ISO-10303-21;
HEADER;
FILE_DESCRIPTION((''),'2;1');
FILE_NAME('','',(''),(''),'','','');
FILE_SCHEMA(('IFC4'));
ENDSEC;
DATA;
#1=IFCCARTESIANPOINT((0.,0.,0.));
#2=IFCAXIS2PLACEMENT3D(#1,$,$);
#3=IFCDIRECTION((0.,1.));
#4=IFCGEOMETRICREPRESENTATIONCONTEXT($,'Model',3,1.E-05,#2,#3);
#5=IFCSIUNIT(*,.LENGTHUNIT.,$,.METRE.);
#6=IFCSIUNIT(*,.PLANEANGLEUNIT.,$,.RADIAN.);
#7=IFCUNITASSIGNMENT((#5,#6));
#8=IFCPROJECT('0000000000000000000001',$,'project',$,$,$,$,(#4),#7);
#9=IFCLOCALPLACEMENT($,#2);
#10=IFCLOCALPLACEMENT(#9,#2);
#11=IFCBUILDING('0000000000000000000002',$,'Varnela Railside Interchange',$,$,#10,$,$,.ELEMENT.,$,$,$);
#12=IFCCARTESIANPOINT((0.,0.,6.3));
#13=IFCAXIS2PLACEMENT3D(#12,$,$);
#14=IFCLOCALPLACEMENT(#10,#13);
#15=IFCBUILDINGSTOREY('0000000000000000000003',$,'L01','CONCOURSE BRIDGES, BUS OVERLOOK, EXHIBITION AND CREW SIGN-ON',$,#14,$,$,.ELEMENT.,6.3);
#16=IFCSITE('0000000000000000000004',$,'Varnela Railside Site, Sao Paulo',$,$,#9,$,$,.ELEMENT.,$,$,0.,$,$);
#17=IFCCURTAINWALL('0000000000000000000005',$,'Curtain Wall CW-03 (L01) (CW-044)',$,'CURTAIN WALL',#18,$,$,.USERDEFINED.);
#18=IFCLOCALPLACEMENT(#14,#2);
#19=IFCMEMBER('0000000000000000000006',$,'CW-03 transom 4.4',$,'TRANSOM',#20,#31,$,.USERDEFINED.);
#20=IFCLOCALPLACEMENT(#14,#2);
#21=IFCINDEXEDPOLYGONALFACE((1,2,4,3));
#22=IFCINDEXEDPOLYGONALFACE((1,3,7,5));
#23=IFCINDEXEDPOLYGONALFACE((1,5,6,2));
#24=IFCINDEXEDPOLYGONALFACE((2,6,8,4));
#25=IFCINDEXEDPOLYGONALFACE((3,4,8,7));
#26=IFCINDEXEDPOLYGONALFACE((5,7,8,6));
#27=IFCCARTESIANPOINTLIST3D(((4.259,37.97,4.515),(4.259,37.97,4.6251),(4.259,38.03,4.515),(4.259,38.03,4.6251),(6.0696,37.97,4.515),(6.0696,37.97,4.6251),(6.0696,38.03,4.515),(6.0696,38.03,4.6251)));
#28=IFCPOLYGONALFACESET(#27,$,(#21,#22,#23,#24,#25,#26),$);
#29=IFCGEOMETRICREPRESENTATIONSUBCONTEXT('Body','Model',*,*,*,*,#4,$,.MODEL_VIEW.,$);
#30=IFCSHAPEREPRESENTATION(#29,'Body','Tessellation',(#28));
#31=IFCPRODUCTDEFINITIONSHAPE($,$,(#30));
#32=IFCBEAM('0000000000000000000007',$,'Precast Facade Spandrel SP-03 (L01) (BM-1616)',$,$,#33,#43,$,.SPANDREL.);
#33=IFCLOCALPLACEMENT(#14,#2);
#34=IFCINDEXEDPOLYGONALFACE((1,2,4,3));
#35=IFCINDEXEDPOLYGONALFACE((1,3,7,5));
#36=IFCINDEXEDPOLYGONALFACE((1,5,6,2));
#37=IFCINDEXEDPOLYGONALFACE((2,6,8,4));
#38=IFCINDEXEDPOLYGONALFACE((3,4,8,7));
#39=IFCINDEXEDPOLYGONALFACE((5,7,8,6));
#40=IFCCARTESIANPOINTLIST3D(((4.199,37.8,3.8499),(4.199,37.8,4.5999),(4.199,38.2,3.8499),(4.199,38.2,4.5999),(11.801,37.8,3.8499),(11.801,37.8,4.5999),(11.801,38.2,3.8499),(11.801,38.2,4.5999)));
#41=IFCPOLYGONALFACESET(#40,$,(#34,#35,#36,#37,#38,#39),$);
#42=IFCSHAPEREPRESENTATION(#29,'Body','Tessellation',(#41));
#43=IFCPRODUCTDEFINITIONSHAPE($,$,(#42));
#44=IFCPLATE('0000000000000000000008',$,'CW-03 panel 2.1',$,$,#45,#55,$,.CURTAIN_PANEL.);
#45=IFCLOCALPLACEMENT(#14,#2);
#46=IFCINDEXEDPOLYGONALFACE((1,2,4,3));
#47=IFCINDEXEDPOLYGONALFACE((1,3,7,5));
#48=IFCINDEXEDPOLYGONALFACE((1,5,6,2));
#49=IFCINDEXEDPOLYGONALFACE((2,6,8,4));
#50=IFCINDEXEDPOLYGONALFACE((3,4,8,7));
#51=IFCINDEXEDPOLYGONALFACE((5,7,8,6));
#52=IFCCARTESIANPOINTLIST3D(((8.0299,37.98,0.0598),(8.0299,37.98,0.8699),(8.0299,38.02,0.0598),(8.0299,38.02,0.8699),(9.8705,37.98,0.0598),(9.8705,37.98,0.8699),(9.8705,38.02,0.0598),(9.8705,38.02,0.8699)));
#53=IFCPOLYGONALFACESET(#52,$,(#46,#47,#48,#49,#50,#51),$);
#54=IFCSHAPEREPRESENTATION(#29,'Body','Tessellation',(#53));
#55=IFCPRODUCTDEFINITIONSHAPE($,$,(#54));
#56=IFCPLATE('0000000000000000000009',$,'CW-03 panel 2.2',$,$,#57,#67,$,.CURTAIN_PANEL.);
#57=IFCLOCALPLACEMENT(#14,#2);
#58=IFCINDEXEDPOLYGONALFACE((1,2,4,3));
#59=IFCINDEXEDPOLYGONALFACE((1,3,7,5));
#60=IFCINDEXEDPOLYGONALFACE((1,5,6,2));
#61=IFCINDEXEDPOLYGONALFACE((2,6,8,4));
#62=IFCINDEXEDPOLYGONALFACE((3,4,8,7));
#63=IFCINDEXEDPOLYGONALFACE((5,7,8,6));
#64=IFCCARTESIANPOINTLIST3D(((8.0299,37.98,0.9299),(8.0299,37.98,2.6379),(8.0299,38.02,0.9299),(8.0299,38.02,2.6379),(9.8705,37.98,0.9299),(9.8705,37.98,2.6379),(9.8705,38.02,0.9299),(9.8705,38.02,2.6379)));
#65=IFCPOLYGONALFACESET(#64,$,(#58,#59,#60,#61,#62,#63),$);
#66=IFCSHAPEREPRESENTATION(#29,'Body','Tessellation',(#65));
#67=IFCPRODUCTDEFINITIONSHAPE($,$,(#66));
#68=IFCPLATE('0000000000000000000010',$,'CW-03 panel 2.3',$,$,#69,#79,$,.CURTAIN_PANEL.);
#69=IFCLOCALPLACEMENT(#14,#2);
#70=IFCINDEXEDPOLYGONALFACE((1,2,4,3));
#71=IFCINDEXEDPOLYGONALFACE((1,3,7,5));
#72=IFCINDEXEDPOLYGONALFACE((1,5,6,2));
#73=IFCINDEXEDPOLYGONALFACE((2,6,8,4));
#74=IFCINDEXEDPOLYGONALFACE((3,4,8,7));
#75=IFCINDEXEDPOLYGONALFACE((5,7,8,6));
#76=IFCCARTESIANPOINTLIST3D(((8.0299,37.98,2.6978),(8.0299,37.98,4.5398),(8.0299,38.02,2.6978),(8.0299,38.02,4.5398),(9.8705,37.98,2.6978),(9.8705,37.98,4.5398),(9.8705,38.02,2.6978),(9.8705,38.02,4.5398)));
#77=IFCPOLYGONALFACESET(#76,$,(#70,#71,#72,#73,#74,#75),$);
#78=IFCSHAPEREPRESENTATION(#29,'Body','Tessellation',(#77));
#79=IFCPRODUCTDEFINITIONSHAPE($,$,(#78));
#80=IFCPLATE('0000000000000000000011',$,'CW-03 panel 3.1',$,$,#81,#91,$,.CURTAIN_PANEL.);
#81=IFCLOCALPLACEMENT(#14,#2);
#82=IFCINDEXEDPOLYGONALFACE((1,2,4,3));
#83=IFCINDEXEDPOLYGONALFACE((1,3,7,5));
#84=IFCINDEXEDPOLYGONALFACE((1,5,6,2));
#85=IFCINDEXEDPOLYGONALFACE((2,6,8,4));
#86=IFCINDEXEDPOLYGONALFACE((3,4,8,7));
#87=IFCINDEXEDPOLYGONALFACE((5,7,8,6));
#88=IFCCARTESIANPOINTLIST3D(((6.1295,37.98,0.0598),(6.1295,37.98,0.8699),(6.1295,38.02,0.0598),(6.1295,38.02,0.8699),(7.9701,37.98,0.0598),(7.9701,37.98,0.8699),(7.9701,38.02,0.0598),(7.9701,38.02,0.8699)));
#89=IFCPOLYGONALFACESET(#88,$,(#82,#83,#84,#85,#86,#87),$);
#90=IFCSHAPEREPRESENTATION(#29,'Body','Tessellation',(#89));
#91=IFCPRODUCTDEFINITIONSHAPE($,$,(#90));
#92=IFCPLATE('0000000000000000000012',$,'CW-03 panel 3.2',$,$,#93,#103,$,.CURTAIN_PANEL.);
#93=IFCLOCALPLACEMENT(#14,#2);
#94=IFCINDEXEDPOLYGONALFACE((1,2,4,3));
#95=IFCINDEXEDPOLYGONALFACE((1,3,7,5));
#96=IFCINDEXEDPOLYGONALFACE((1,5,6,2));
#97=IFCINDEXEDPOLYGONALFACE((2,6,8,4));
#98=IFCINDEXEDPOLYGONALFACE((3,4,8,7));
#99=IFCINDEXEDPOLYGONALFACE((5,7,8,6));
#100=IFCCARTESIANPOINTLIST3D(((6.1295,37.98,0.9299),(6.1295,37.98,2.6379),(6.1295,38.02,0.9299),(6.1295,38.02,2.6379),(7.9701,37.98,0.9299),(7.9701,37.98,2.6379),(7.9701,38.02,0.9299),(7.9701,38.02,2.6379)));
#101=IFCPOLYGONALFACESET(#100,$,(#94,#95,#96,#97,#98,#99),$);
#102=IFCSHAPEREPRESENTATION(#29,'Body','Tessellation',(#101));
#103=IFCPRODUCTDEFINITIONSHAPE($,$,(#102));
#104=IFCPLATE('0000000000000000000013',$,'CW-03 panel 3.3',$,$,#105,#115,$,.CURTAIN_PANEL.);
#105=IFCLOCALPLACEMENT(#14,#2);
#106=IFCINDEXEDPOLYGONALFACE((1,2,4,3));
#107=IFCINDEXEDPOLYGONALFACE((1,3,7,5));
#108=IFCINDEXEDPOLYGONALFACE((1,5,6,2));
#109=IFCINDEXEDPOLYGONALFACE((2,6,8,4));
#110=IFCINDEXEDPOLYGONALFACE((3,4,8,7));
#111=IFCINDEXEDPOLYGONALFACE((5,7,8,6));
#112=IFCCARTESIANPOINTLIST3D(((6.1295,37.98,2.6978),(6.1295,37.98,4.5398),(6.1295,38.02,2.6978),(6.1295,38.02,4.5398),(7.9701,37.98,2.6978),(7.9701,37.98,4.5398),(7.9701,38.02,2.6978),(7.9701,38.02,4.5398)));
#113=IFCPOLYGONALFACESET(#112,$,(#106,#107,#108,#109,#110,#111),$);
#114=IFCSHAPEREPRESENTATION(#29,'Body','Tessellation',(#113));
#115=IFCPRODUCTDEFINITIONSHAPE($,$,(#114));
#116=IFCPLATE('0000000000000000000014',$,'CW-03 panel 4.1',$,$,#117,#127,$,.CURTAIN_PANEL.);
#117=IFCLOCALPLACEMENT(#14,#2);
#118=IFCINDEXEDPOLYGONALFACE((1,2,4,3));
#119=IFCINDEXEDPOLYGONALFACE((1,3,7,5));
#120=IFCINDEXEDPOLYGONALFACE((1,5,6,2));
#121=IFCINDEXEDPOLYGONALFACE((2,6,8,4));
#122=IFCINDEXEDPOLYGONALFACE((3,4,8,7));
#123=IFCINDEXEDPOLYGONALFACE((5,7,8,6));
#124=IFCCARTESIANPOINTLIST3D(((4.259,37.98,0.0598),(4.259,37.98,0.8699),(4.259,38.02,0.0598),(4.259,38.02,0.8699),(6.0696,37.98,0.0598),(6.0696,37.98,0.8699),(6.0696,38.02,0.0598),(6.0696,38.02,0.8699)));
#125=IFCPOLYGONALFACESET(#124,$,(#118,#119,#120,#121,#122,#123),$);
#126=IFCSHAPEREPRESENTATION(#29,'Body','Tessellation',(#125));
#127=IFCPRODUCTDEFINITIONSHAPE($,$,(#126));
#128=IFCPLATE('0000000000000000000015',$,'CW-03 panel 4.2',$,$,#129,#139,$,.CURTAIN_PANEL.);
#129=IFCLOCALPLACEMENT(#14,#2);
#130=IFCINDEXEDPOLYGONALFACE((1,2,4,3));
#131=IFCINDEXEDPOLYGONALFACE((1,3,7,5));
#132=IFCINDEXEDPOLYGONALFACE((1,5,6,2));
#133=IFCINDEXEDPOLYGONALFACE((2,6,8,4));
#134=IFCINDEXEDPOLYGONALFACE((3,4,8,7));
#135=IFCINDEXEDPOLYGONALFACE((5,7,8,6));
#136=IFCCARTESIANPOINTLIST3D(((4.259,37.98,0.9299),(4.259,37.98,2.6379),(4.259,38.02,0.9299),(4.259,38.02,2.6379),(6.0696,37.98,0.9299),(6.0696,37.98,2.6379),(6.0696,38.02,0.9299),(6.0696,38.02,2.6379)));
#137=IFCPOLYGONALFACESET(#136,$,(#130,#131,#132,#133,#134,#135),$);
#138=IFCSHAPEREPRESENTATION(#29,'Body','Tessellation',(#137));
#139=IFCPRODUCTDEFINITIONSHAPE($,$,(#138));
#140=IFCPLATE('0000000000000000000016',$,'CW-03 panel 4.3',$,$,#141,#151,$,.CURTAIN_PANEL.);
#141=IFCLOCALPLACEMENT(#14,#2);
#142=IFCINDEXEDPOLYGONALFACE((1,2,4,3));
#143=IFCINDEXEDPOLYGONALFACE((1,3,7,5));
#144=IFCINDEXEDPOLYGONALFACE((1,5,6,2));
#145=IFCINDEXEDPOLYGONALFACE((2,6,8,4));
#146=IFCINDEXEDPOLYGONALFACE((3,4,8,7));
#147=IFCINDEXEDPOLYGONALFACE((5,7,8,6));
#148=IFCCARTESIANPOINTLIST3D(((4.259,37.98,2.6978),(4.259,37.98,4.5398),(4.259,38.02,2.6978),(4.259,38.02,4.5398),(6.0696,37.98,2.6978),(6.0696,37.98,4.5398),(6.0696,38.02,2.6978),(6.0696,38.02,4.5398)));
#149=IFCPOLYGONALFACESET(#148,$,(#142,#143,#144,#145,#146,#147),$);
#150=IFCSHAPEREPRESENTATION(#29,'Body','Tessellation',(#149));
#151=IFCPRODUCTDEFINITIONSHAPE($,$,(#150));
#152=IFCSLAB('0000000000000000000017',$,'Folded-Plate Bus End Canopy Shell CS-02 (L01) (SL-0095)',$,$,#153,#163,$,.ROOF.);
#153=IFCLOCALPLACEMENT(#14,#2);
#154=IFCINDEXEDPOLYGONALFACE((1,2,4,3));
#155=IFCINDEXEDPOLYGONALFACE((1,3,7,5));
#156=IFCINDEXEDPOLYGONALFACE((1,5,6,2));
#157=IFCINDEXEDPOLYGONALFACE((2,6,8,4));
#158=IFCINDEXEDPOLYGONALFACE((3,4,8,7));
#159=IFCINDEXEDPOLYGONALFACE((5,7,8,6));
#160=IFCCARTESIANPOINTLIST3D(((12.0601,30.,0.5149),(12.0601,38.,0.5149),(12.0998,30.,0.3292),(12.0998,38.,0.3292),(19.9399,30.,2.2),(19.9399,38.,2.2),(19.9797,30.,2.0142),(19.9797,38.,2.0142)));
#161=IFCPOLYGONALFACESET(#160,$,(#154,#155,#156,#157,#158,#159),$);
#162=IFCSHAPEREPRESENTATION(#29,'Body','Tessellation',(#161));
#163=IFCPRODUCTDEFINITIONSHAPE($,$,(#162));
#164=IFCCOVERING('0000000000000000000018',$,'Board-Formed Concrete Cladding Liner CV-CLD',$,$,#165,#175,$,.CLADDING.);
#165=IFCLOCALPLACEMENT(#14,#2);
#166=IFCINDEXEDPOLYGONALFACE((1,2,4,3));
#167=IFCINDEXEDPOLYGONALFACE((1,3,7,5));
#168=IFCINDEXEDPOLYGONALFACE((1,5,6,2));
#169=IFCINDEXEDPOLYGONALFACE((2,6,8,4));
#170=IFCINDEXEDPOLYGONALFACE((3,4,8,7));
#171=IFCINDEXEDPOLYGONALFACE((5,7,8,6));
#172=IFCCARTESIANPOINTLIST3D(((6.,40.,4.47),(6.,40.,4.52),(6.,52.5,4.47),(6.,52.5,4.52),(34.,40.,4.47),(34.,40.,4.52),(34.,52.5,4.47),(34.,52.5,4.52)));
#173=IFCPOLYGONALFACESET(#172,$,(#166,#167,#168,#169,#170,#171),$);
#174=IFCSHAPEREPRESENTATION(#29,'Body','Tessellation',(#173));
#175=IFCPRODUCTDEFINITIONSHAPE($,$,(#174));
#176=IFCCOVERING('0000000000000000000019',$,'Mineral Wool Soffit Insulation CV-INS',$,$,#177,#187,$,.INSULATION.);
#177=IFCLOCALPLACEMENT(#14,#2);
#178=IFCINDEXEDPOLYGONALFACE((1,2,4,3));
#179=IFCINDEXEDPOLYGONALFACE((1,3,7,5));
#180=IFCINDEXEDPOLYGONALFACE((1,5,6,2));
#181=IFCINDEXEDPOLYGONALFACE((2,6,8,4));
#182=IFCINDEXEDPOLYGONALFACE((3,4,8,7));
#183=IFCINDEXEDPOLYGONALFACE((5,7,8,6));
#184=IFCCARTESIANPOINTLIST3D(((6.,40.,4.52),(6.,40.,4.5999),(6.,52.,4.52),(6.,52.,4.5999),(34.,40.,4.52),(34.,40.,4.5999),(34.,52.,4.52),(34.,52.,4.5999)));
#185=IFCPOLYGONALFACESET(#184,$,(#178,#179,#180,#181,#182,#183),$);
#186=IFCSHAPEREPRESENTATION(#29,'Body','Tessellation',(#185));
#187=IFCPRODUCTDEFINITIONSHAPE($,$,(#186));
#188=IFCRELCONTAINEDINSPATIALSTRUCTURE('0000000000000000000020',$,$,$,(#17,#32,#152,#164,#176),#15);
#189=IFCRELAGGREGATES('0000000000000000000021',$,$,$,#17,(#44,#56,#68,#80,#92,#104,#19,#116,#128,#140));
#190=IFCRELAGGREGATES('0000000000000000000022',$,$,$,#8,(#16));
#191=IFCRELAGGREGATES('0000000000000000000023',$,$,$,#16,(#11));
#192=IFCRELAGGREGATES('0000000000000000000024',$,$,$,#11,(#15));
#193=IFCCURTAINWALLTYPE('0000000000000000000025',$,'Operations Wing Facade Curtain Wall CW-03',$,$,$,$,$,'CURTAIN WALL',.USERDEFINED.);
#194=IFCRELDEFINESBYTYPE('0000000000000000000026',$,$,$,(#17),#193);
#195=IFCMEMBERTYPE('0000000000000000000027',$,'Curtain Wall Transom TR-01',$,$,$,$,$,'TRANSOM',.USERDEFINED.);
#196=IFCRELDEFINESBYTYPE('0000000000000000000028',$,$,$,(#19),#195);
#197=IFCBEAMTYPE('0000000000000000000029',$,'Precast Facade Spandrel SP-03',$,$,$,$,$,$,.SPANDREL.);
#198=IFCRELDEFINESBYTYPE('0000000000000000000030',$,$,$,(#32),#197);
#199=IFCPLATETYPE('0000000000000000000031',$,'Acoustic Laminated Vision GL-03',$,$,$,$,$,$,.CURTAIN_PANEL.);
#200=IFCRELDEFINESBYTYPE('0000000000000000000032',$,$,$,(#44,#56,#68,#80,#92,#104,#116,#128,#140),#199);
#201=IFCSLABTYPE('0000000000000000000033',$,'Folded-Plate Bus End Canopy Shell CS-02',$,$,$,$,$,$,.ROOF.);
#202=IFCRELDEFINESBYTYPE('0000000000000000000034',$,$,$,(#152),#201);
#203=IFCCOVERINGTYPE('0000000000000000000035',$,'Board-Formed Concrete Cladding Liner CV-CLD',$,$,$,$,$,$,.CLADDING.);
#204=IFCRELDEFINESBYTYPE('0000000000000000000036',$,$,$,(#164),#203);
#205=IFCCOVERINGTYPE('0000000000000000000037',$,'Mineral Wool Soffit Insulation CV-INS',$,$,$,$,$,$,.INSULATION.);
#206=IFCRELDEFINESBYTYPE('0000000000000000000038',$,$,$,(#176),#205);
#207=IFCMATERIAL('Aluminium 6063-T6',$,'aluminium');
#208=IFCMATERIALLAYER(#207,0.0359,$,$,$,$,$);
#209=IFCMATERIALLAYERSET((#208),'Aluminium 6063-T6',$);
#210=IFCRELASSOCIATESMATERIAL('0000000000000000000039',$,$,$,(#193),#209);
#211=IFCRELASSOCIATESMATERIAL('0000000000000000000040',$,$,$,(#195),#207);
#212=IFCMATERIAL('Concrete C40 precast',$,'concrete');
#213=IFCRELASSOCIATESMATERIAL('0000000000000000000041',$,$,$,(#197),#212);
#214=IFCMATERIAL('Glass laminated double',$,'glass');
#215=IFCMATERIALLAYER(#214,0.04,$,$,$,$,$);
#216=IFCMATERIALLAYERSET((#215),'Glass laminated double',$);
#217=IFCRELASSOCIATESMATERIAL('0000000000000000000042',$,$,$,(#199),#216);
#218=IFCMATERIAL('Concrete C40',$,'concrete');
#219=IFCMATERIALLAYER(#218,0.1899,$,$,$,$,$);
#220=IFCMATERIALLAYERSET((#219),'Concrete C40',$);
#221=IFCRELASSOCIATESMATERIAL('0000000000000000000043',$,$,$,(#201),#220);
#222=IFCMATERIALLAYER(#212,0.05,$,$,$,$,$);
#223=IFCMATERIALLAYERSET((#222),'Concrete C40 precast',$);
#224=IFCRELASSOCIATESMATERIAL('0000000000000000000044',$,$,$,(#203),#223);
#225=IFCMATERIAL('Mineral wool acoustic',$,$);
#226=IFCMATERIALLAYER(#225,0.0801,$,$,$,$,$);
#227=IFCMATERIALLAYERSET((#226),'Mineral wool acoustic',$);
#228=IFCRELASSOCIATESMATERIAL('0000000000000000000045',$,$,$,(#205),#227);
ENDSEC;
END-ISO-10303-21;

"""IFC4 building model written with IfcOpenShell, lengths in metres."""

from ifc_helpers import new_model, si_unit, direction, frame, origin, origin_2d, place, context, subcontext, project, spatial, polyline, rectangle, outline, extrude, material, layer, layer_set, material_profile, profile_set, type_object, element, aggregate, save


model = new_model("IFC4")

# Units and contexts
model_context = context("Model", 3, precision=1e-05, world=origin(), true_north=direction((0.0, 1.0)))
body_context = subcontext(model_context, "Body", "Model", "MODEL_VIEW")
ifc_project = project(units=[si_unit("LENGTHUNIT", "METRE"), si_unit("PLANEANGLEUNIT", "RADIAN")], contexts=[model_context])

# Site, building, storey
site_placement = place(None, origin())
site = spatial("IfcSite", under=ifc_project, at=site_placement, Name="Varnela Railside Site, Sao Paulo", CompositionType="ELEMENT", RefElevation=0.0)
building_placement = place(site_placement, origin())
building = spatial("IfcBuilding", under=site, at=building_placement, Name="Varnela Railside Interchange", CompositionType="ELEMENT")
storey_placement = place(building_placement, frame((0.0, 0.0, 6.3)))
storey = spatial("IfcBuildingStorey", under=building, at=storey_placement, Name="L01", Description="CONCOURSE BRIDGES, BUS OVERLOOK, EXHIBITION AND CREW SIGN-ON", CompositionType="ELEMENT", Elevation=6.3)

# Curtain wall, member
ifc_material_1 = material(Name="Aluminium 6063-T6", Category="aluminium")
ifc_layer_1 = layer(ifc_material_1, 0.0359)
ifc_layer_set_1 = layer_set([ifc_layer_1], Name="Aluminium 6063-T6")
curtain_wall_type = type_object("IfcCurtainWallType", Name="Operations Wing Facade Curtain Wall CW-03", ElementType="CURTAIN WALL", PredefinedType="USERDEFINED", material=ifc_layer_set_1)
curtain_wall_placement = place(storey_placement, origin())
curtain_wall = element("IfcCurtainWall", 1, at=curtain_wall_placement, inside=storey, type_object=curtain_wall_type, Name="Curtain Wall CW-03 (L01) (CW-044)", ObjectType="CURTAIN WALL", PredefinedType="USERDEFINED")
ifc_material_profile_1 = material_profile(ifc_material_1, rectangle(XDim=0.0601, YDim=0.1101, at=origin_2d()), Name="ALU 60x110")
ifc_profile_set_1 = profile_set([ifc_material_profile_1], Name="Aluminium 6063-T6")
member_type_1 = type_object("IfcMemberType", Name="Curtain Wall Transom TR-01", ElementType="TRANSOM", PredefinedType="USERDEFINED", material=ifc_profile_set_1)
member_1_placement = place(storey_placement, frame((6.0696, 38.0, 4.5701), z_axis=(-1.0, 0.0, 0.0), x_axis=(0.0, -1.0, 0.0)))
member_1 = element("IfcMember", 2, at=member_1_placement, type_object=member_type_1, Name="CW-03 transom 4.4", ObjectType="TRANSOM", PredefinedType="USERDEFINED", context=body_context, shape_type="SweptSolid", body=[
    extrude(rectangle(XDim=0.0601, YDim=0.1101, at=origin_2d()), origin(), (0.0, 0.0, 1.0), 1.8105),
])

# Beam
ifc_material_2 = material(Name="Concrete C40 precast", Category="concrete")
ifc_material_profile_2 = material_profile(ifc_material_2, rectangle(XDim=0.3999, YDim=0.75, at=origin_2d()), Name="PC 400x750")
ifc_profile_set_2 = profile_set([ifc_material_profile_2], Name="Concrete C40 precast")
beam_type = type_object("IfcBeamType", Name="Precast Facade Spandrel SP-03", PredefinedType="SPANDREL", material=ifc_profile_set_2)
beam_placement = place(storey_placement, frame((4.199, 38.0, 4.2249), z_axis=(1.0, 0.0, 0.0), x_axis=(0.0, 1.0, 0.0)))
element("IfcBeam", 3, at=beam_placement, inside=storey, type_object=beam_type, Name="Precast Facade Spandrel SP-03 (L01) (BM-1616)", PredefinedType="SPANDREL", context=body_context, shape_type="SweptSolid", body=[
    extrude(rectangle(XDim=0.3999, YDim=0.75, at=origin_2d()), origin(), (0.0, 0.0, 1.0), 7.6021),
])

# Plates
ifc_material_3 = material(Name="Glass laminated double", Category="glass")
ifc_layer_2 = layer(ifc_material_3, 0.04)
ifc_layer_set_2 = layer_set([ifc_layer_2], Name="Glass laminated double")
plate_type = type_object("IfcPlateType", Name="Acoustic Laminated Vision GL-03", PredefinedType="CURTAIN_PANEL", material=ifc_layer_set_2)
plate_1_placement = place(storey_placement, frame((8.9502, 38.0, 0.0598), z_axis=(0.0, 0.0, 1.0), x_axis=(-1.0, 0.0, 0.0)))
plate_1 = element("IfcPlate", 4, at=plate_1_placement, type_object=plate_type, Name="CW-03 panel 2.1", PredefinedType="CURTAIN_PANEL", context=body_context, shape_type="SweptSolid", body=[
    extrude(rectangle(XDim=1.8406, YDim=0.04, at=origin_2d()), origin(), (0.0, 0.0, 1.0), 0.8101),
])
plate_2_placement = place(storey_placement, frame((8.9502, 38.0, 0.9299), z_axis=(0.0, 0.0, 1.0), x_axis=(-1.0, 0.0, 0.0)))
plate_2 = element("IfcPlate", 5, at=plate_2_placement, type_object=plate_type, Name="CW-03 panel 2.2", PredefinedType="CURTAIN_PANEL", context=body_context, shape_type="SweptSolid", body=[
    extrude(rectangle(XDim=1.8406, YDim=0.04, at=origin_2d()), origin(), (0.0, 0.0, 1.0), 1.708),
])
plate_3_placement = place(storey_placement, frame((8.9502, 38.0, 2.6978), z_axis=(0.0, 0.0, 1.0), x_axis=(-1.0, 0.0, 0.0)))
plate_3 = element("IfcPlate", 6, at=plate_3_placement, type_object=plate_type, Name="CW-03 panel 2.3", PredefinedType="CURTAIN_PANEL", context=body_context, shape_type="SweptSolid", body=[
    extrude(rectangle(XDim=1.8406, YDim=0.04, at=origin_2d()), origin(), (0.0, 0.0, 1.0), 1.842),
])
plate_4_placement = place(storey_placement, frame((7.0498, 38.0, 0.0598), z_axis=(0.0, 0.0, 1.0), x_axis=(-1.0, 0.0, 0.0)))
plate_4 = element("IfcPlate", 7, at=plate_4_placement, type_object=plate_type, Name="CW-03 panel 3.1", PredefinedType="CURTAIN_PANEL", context=body_context, shape_type="SweptSolid", body=[
    extrude(rectangle(XDim=1.8406, YDim=0.04, at=origin_2d()), origin(), (0.0, 0.0, 1.0), 0.8101),
])
plate_5_placement = place(storey_placement, frame((7.0498, 38.0, 0.9299), z_axis=(0.0, 0.0, 1.0), x_axis=(-1.0, 0.0, 0.0)))
plate_5 = element("IfcPlate", 8, at=plate_5_placement, type_object=plate_type, Name="CW-03 panel 3.2", PredefinedType="CURTAIN_PANEL", context=body_context, shape_type="SweptSolid", body=[
    extrude(rectangle(XDim=1.8406, YDim=0.04, at=origin_2d()), origin(), (0.0, 0.0, 1.0), 1.708),
])
plate_6_placement = place(storey_placement, frame((7.0498, 38.0, 2.6978), z_axis=(0.0, 0.0, 1.0), x_axis=(-1.0, 0.0, 0.0)))
plate_6 = element("IfcPlate", 9, at=plate_6_placement, type_object=plate_type, Name="CW-03 panel 3.3", PredefinedType="CURTAIN_PANEL", context=body_context, shape_type="SweptSolid", body=[
    extrude(rectangle(XDim=1.8406, YDim=0.04, at=origin_2d()), origin(), (0.0, 0.0, 1.0), 1.842),
])
plate_7_placement = place(storey_placement, frame((5.1643, 38.0, 0.0598), z_axis=(0.0, 0.0, 1.0), x_axis=(-1.0, 0.0, 0.0)))
plate_7 = element("IfcPlate", 10, at=plate_7_placement, type_object=plate_type, Name="CW-03 panel 4.1", PredefinedType="CURTAIN_PANEL", context=body_context, shape_type="SweptSolid", body=[
    extrude(rectangle(XDim=1.8105, YDim=0.04, at=origin_2d()), origin(), (0.0, 0.0, 1.0), 0.8101),
])
plate_8_placement = place(storey_placement, frame((5.1643, 38.0, 0.9299), z_axis=(0.0, 0.0, 1.0), x_axis=(-1.0, 0.0, 0.0)))
plate_8 = element("IfcPlate", 11, at=plate_8_placement, type_object=plate_type, Name="CW-03 panel 4.2", PredefinedType="CURTAIN_PANEL", context=body_context, shape_type="SweptSolid", body=[
    extrude(rectangle(XDim=1.8105, YDim=0.04, at=origin_2d()), origin(), (0.0, 0.0, 1.0), 1.708),
])
plate_9_placement = place(storey_placement, frame((5.1643, 38.0, 2.6978), z_axis=(0.0, 0.0, 1.0), x_axis=(-1.0, 0.0, 0.0)))
plate_9 = element("IfcPlate", 12, at=plate_9_placement, type_object=plate_type, Name="CW-03 panel 4.3", PredefinedType="CURTAIN_PANEL", context=body_context, shape_type="SweptSolid", body=[
    extrude(rectangle(XDim=1.8105, YDim=0.04, at=origin_2d()), origin(), (0.0, 0.0, 1.0), 1.842),
])
aggregate(curtain_wall, [plate_1, plate_2, plate_3, plate_4, plate_5, plate_6, member_1, plate_7, plate_8, plate_9])

# Slab
ifc_material_4 = material(Name="Concrete C40", Category="concrete")
ifc_layer_3 = layer(ifc_material_4, 0.1899)
ifc_layer_set_3 = layer_set([ifc_layer_3], Name="Concrete C40")
slab_type = type_object("IfcSlabType", Name="Folded-Plate Bus End Canopy Shell CS-02", PredefinedType="ROOF", material=ifc_layer_set_3)
slab_placement = place(storey_placement, frame((12.0601, 30.0, 0.5149), z_axis=(-0.209115, 0.0, 0.977891), x_axis=(0.977891, 0.0, 0.209115)))
element("IfcSlab", 13, at=slab_placement, inside=storey, type_object=slab_type, Name="Folded-Plate Bus End Canopy Shell CS-02 (L01) (SL-0095)", PredefinedType="ROOF", context=body_context, shape_type="SweptSolid", body=[
    extrude(outline(polyline([(0.0, 0.0), (8.058, 0.0), (8.058, 8.0), (0.0, 8.0), (0.0, 0.0)])), origin(), (0.0, 0.0, -1.0), 0.1899),
])

# Coverings
ifc_layer_4 = layer(ifc_material_2, 0.05)
ifc_layer_set_4 = layer_set([ifc_layer_4], Name="Concrete C40 precast")
covering_type_1 = type_object("IfcCoveringType", Name="Board-Formed Concrete Cladding Liner CV-CLD", PredefinedType="CLADDING", material=ifc_layer_set_4)
covering_1_placement = place(storey_placement, frame((0.0, 0.0, 4.47)))
element("IfcCovering", 14, at=covering_1_placement, inside=storey, type_object=covering_type_1, Name="Board-Formed Concrete Cladding Liner CV-CLD", PredefinedType="CLADDING", context=body_context, shape_type="SweptSolid", body=[
    extrude(outline(polyline([(6.0, 40.0), (34.0, 40.0), (34.0, 52.5), (6.0, 52.5), (6.0, 40.0)])), origin(), (0.0, 0.0, 1.0), 0.05),
])
ifc_material_5 = material(Name="Mineral wool acoustic")
ifc_layer_5 = layer(ifc_material_5, 0.0801)
ifc_layer_set_5 = layer_set([ifc_layer_5], Name="Mineral wool acoustic")
covering_type_2 = type_object("IfcCoveringType", Name="Mineral Wool Soffit Insulation CV-INS", PredefinedType="INSULATION", material=ifc_layer_set_5)
covering_2_placement = place(storey_placement, frame((0.0, 0.0, 4.52)))
element("IfcCovering", 15, at=covering_2_placement, inside=storey, type_object=covering_type_2, Name="Mineral Wool Soffit Insulation CV-INS", PredefinedType="INSULATION", context=body_context, shape_type="SweptSolid", body=[
    extrude(outline(polyline([(6.0, 40.0), (34.0, 40.0), (34.0, 52.0), (6.0, 52.0), (6.0, 40.0)])), origin(), (0.0, 0.0, 1.0), 0.0798),
])

save(model, "model.ifc")
